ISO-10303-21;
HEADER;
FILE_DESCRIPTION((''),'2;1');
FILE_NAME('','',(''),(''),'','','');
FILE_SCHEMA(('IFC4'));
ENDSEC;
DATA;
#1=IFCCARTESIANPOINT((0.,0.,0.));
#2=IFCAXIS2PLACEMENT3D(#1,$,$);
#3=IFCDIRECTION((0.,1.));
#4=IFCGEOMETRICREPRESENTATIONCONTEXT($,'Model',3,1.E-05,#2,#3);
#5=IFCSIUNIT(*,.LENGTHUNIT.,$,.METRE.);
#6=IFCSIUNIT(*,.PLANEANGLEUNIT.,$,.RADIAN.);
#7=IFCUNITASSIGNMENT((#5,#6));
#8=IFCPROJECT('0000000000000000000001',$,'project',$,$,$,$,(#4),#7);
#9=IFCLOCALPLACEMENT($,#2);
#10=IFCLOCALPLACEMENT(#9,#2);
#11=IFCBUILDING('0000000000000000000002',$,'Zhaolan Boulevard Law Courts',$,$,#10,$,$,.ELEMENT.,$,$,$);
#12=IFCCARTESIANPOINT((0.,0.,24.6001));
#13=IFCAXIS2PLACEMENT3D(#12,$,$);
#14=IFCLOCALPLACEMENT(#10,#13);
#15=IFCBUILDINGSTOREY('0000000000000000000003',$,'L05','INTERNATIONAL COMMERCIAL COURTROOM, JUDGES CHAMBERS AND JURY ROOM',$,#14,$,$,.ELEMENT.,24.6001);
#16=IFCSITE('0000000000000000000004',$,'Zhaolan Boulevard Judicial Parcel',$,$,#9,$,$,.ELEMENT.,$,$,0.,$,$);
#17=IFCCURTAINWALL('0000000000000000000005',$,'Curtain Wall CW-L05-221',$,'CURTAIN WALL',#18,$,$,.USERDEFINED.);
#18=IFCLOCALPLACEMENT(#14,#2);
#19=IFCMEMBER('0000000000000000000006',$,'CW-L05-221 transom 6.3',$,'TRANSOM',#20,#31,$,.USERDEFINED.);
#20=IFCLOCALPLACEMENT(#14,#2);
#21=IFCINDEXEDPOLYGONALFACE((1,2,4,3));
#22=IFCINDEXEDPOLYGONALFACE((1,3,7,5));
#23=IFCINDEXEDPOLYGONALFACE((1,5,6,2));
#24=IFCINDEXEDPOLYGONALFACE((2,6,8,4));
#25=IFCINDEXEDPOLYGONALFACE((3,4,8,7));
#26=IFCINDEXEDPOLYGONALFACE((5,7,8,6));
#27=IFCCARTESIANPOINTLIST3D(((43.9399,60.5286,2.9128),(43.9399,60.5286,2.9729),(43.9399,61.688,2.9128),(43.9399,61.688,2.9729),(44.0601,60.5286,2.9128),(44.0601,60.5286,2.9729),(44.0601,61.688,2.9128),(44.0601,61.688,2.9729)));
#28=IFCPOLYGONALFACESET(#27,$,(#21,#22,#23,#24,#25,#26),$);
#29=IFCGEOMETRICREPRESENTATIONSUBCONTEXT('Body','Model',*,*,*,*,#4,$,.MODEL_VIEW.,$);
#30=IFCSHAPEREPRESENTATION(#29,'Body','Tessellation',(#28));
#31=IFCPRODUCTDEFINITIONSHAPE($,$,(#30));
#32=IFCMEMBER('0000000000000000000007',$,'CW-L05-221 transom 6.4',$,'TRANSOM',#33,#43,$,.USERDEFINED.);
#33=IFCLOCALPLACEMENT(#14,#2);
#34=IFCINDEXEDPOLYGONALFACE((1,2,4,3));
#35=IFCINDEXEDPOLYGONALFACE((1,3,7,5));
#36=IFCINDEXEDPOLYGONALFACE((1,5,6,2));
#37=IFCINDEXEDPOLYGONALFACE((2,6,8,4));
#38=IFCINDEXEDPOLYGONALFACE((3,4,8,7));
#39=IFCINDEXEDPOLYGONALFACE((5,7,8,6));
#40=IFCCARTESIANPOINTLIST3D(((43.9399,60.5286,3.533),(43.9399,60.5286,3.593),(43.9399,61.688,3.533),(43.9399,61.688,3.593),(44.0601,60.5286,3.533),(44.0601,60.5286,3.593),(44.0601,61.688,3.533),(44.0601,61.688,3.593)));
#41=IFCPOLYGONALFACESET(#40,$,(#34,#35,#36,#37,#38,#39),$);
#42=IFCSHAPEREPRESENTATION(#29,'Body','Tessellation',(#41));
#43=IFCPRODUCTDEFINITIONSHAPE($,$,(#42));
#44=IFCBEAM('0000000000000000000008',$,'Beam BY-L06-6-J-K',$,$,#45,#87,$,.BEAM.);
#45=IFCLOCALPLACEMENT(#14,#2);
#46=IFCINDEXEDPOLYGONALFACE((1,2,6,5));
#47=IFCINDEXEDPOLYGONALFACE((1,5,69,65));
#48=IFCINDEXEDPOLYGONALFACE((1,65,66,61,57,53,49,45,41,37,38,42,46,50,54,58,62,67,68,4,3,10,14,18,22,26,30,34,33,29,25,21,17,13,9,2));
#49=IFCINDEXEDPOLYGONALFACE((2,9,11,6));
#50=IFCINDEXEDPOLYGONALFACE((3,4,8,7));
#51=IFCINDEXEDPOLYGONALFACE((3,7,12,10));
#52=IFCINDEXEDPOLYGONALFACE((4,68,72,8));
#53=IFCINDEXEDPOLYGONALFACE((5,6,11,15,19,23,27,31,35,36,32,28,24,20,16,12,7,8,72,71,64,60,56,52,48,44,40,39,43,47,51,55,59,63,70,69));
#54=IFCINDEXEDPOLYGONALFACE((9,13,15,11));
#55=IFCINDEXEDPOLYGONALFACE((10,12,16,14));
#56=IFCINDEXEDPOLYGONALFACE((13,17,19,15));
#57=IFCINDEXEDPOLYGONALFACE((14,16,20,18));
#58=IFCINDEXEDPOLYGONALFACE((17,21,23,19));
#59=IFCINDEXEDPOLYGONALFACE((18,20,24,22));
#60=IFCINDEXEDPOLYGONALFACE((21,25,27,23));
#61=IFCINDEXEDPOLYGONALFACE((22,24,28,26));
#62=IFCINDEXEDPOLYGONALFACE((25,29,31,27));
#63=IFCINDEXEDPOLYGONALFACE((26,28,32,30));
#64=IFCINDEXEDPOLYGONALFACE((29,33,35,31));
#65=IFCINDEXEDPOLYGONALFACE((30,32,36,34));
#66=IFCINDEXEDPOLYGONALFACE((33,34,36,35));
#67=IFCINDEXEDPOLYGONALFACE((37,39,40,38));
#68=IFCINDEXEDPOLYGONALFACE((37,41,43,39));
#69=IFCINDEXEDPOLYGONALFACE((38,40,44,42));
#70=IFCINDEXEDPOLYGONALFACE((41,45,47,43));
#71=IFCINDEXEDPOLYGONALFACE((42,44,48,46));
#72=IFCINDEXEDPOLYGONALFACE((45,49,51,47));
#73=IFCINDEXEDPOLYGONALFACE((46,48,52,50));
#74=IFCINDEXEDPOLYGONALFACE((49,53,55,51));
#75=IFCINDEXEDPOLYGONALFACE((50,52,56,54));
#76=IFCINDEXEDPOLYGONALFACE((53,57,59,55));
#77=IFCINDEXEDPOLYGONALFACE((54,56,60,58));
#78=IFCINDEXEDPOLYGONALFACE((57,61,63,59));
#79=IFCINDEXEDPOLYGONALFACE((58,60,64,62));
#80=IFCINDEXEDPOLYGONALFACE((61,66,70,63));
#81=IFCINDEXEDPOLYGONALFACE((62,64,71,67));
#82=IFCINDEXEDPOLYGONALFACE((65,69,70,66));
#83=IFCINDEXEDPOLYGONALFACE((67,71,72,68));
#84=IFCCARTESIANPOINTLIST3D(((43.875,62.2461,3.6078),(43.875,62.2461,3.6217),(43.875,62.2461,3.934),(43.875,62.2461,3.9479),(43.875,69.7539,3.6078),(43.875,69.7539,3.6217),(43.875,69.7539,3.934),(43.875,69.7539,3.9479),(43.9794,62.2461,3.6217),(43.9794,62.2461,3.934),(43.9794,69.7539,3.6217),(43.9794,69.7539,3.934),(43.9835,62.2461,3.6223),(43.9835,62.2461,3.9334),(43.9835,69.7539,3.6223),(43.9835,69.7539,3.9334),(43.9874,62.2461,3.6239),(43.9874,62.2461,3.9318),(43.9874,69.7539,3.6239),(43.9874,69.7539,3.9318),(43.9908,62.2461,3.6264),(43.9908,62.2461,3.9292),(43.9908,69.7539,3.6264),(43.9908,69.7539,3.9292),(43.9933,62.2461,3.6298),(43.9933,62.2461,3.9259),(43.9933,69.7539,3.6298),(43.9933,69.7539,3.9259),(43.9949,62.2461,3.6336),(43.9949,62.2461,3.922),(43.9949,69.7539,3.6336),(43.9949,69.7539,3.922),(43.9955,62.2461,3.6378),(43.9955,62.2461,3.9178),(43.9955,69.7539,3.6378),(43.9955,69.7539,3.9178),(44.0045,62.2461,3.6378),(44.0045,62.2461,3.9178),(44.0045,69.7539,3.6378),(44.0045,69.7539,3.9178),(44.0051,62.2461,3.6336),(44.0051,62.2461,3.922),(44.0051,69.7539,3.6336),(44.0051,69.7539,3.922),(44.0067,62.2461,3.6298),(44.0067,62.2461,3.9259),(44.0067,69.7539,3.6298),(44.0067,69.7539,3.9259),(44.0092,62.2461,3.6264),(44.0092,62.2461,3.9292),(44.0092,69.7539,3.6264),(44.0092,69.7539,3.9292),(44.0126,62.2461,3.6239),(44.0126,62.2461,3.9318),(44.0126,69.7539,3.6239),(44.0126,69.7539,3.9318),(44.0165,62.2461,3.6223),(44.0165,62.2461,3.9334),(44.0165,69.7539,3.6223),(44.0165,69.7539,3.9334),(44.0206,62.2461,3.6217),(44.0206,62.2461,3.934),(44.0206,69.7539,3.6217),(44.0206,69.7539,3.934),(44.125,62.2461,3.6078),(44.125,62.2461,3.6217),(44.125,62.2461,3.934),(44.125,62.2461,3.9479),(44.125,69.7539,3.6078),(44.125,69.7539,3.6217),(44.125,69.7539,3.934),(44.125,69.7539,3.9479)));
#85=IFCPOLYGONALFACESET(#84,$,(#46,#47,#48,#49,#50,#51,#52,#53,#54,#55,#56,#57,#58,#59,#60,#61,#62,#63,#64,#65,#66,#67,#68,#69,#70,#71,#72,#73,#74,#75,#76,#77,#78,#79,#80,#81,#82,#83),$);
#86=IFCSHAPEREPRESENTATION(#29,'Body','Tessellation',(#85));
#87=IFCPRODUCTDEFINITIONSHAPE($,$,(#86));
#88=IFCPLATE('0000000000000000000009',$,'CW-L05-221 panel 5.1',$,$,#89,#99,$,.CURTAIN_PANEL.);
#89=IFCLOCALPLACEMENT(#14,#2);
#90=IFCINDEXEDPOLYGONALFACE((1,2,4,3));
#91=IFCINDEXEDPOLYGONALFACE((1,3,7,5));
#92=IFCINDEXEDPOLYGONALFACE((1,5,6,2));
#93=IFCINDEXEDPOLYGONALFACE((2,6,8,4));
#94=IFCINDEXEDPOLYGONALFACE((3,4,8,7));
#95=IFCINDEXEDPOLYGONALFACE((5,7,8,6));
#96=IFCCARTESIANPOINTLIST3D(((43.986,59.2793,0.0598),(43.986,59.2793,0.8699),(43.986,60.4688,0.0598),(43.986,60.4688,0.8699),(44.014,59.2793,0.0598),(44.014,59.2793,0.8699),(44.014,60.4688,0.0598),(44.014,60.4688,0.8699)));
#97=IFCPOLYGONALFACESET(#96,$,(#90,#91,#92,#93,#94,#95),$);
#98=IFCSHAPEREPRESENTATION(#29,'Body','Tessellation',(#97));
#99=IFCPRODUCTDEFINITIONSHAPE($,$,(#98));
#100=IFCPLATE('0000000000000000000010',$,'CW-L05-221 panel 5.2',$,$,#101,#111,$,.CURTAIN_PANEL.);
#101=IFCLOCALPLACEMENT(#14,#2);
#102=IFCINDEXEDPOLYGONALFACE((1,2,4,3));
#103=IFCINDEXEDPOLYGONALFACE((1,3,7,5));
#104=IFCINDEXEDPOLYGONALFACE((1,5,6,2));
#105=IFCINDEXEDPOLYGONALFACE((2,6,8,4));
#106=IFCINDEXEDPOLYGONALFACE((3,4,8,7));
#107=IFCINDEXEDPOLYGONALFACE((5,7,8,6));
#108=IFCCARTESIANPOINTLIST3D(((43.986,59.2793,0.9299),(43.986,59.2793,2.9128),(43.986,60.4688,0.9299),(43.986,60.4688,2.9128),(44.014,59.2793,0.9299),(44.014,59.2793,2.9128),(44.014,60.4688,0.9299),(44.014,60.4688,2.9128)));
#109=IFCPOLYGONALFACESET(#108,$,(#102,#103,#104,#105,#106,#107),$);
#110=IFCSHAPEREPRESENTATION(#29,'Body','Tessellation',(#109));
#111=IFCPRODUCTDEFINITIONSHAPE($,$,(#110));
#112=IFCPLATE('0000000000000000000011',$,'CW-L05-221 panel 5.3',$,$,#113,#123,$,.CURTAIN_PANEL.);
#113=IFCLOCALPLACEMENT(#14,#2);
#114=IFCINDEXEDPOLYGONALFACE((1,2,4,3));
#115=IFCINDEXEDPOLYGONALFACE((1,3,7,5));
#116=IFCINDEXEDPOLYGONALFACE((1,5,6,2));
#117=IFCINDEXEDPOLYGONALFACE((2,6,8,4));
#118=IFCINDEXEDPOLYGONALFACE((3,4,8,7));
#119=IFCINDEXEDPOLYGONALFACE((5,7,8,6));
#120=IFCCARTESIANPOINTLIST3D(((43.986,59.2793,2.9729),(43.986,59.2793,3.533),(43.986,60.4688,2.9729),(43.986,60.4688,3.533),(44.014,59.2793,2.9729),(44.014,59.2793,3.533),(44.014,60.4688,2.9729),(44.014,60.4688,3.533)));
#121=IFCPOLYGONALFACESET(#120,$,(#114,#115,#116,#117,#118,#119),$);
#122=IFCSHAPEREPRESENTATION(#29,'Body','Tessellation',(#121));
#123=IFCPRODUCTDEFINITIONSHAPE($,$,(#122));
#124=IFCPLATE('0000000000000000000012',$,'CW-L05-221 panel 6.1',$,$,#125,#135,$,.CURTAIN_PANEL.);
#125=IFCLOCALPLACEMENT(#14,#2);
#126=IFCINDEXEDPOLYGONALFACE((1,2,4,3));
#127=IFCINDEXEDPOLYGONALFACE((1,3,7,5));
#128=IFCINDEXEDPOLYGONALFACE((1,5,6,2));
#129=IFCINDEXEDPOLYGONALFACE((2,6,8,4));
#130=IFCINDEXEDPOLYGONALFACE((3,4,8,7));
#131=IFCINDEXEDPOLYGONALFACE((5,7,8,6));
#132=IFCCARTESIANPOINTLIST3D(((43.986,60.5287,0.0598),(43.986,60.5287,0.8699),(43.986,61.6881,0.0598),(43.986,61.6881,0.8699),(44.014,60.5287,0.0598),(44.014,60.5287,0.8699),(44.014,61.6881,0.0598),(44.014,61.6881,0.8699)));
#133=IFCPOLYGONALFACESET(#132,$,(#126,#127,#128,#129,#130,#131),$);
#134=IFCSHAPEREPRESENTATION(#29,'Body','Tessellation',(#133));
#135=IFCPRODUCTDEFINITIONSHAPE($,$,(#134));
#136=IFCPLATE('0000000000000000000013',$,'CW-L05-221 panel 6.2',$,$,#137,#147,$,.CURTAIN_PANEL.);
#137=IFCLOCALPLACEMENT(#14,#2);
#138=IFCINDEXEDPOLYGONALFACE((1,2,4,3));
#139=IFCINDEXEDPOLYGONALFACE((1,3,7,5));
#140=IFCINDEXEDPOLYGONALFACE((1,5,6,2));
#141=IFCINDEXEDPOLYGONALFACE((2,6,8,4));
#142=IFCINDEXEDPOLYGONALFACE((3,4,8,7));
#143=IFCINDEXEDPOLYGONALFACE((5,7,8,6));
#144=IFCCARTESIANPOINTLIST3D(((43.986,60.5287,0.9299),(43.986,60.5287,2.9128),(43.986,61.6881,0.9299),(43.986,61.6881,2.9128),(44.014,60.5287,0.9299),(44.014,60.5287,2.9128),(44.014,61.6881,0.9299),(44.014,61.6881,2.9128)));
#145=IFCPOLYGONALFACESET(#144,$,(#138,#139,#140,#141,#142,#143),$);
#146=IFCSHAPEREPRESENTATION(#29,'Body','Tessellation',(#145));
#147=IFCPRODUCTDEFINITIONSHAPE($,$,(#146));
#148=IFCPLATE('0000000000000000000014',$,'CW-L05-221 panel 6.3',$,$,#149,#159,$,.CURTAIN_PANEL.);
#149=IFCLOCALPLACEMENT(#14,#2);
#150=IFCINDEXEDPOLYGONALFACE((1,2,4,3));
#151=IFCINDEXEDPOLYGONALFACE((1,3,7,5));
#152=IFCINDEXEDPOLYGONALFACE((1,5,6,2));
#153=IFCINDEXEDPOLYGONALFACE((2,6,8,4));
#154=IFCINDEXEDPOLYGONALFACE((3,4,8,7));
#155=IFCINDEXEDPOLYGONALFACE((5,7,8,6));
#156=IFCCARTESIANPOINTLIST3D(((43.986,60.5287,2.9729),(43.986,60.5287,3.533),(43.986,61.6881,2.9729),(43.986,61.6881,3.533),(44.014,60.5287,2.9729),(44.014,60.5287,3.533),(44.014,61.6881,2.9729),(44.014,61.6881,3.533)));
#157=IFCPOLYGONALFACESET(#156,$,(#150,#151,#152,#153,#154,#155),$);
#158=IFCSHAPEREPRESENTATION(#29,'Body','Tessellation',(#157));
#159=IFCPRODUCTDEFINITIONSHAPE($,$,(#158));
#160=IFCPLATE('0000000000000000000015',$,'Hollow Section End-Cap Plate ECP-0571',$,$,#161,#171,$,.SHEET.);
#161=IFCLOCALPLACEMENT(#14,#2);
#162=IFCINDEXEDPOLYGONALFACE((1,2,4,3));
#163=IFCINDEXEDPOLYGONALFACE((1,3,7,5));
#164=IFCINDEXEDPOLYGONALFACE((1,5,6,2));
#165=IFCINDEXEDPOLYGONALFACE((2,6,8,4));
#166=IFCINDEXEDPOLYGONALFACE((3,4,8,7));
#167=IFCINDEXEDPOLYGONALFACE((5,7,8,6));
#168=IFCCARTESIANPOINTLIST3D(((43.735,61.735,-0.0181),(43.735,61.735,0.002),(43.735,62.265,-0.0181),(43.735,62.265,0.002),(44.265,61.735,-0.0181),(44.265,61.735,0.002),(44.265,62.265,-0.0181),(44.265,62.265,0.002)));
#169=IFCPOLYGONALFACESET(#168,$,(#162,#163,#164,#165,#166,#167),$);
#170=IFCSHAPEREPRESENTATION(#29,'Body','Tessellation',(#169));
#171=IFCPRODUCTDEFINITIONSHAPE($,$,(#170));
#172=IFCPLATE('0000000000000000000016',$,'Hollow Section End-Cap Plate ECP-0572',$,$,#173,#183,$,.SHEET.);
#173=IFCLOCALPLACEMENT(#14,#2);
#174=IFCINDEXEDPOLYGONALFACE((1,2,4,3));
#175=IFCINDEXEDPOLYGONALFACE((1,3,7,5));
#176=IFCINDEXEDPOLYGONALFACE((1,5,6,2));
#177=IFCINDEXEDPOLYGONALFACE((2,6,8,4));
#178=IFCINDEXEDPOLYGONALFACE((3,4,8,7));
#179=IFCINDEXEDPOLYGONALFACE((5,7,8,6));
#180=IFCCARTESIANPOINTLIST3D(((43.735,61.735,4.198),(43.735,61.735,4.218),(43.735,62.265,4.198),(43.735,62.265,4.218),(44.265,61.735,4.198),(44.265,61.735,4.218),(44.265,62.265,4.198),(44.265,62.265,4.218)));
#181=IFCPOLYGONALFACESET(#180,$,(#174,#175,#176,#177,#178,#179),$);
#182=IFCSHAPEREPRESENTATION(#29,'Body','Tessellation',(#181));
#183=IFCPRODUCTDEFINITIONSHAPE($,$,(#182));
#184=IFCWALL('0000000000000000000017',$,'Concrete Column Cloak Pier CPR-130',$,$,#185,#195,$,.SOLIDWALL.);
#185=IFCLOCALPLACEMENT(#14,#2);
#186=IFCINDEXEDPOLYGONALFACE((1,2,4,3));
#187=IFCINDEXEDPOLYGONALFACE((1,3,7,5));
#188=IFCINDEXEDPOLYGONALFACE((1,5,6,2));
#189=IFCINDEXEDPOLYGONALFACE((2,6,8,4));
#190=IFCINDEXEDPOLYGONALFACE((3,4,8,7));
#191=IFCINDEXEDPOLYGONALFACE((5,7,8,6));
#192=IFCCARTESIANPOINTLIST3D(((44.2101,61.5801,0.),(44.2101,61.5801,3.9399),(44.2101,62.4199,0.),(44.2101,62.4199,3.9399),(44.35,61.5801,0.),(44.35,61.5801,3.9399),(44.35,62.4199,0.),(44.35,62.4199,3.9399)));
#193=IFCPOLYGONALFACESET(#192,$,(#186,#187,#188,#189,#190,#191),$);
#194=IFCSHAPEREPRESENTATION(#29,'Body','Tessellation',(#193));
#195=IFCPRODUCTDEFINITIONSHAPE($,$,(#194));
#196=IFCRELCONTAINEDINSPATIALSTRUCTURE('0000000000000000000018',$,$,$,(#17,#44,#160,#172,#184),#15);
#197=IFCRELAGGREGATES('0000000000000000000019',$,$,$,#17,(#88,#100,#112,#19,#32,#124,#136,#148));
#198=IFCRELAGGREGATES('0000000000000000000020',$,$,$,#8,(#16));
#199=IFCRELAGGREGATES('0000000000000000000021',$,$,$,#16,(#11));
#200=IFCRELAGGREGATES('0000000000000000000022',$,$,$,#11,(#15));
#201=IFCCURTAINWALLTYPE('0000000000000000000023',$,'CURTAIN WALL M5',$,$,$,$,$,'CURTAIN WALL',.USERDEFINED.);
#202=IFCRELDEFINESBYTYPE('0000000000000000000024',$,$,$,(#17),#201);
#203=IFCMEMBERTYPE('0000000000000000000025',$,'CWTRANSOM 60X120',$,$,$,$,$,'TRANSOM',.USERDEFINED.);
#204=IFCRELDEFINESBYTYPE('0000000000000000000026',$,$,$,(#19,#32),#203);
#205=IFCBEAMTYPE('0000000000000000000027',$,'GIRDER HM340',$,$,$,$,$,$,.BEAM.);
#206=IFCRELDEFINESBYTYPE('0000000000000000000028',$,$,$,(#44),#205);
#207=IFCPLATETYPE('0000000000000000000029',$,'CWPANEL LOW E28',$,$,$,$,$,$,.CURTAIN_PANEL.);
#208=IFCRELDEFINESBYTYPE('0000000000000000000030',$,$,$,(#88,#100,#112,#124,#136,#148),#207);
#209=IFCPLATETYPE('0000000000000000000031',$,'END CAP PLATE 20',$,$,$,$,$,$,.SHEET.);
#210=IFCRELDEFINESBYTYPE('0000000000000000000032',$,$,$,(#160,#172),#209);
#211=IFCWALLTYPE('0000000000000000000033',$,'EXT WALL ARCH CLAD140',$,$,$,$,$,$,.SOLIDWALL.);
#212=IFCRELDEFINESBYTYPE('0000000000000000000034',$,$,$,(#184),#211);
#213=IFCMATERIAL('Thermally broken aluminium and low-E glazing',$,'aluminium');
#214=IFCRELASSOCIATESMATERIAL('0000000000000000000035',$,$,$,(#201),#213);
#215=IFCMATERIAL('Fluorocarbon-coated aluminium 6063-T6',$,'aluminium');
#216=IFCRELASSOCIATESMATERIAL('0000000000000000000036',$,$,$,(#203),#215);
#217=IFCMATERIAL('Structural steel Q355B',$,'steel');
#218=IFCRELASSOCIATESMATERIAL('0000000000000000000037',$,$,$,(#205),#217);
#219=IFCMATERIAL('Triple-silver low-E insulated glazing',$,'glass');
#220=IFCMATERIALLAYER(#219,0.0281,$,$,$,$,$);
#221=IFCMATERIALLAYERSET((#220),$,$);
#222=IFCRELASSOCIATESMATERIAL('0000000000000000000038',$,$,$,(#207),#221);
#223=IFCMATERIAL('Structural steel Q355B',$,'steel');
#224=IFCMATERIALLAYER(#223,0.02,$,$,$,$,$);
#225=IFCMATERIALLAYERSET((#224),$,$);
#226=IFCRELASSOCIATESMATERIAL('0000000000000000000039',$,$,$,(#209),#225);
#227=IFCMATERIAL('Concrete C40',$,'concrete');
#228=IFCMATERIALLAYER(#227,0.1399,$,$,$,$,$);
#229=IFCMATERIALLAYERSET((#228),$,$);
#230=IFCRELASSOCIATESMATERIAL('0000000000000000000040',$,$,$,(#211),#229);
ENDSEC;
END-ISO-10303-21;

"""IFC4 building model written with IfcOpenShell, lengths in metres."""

from ifc_helpers import new_model, si_unit, direction, frame, frame_2d, origin, origin_2d, place, context, subcontext, project, spatial, rectangle, i_section, extrude, material, layer, layer_set, material_profile, profile_set, type_object, element, aggregate, save


model = new_model("IFC4")

# Units and contexts
model_context = context("Model", 3, precision=1e-05, world=origin(), true_north=direction((0.0, 1.0)))
body_context = subcontext(model_context, "Body", "Model", "MODEL_VIEW")
ifc_project = project(units=[si_unit("LENGTHUNIT", "METRE"), si_unit("PLANEANGLEUNIT", "RADIAN")], contexts=[model_context])

# Site, building, storey
site_placement = place(None, origin())
site = spatial("IfcSite", under=ifc_project, at=site_placement, Name="Zhaolan Boulevard Judicial Parcel", CompositionType="ELEMENT", RefElevation=0.0)
building_placement = place(site_placement, origin())
building = spatial("IfcBuilding", under=site, at=building_placement, Name="Zhaolan Boulevard Law Courts", CompositionType="ELEMENT")
storey_placement = place(building_placement, frame((0.0, 0.0, 24.6001)))
storey = spatial("IfcBuildingStorey", under=building, at=storey_placement, Name="L05", Description="INTERNATIONAL COMMERCIAL COURTROOM, JUDGES CHAMBERS AND JURY ROOM", CompositionType="ELEMENT", Elevation=24.6001)

# Curtain wall
ifc_material_1 = material(Name="Thermally broken aluminium and low-E glazing", Category="aluminium")
curtain_wall_type_1 = type_object("IfcCurtainWallType", Name="CURTAIN WALL M5", ElementType="CURTAIN WALL", PredefinedType="USERDEFINED", material=ifc_material_1)
curtain_wall_1_placement = place(storey_placement, origin())
curtain_wall_1 = element("IfcCurtainWall", 1, at=curtain_wall_1_placement, inside=storey, type_object=curtain_wall_type_1, Name="Curtain Wall CW-L05-221", ObjectType="CURTAIN WALL", PredefinedType="USERDEFINED")

# Members
ifc_material_2 = material(Name="Fluorocarbon-coated aluminium 6063-T6", Category="aluminium")
ifc_material_profile_1 = material_profile(ifc_material_2, rectangle(XDim=0.1201, YDim=0.0601, at=origin_2d()), Name="AL60x120")
ifc_profile_set_1 = profile_set([ifc_material_profile_1], Name="Fluorocarbon-coated aluminium 6063-T6")
member_type_1 = type_object("IfcMemberType", Name="CWTRANSOM 60X120", ElementType="TRANSOM", PredefinedType="USERDEFINED", material=ifc_profile_set_1)
member_1_placement = place(storey_placement, frame((44.0, 60.5286, 2.9429), z_axis=(0.0, 1.0, 0.0), x_axis=(-1.0, 0.0, 0.0)))
member_1 = element("IfcMember", 2, at=member_1_placement, type_object=member_type_1, Name="CW-L05-221 transom 6.3", ObjectType="TRANSOM", PredefinedType="USERDEFINED", context=body_context, shape_type="SweptSolid", body=[
    extrude(rectangle(XDim=0.1201, YDim=0.0601, at=origin_2d()), origin(), (0.0, 0.0, 1.0), 1.1594),
])
member_2_placement = place(storey_placement, frame((44.0, 60.5286, 3.563), z_axis=(0.0, 1.0, 0.0), x_axis=(-1.0, 0.0, 0.0)))
member_2 = element("IfcMember", 3, at=member_2_placement, type_object=member_type_1, Name="CW-L05-221 transom 6.4", ObjectType="TRANSOM", PredefinedType="USERDEFINED", context=body_context, shape_type="SweptSolid", body=[
    extrude(rectangle(XDim=0.1201, YDim=0.0601, at=origin_2d()), origin(), (0.0, 0.0, 1.0), 1.1594),
])

# Beam
ifc_material_3 = material(Name="Structural steel Q355B", Category="steel")
ifc_material_profile_2 = material_profile(ifc_material_3, i_section(OverallWidth=0.25, OverallDepth=0.3401, WebThickness=0.009, FlangeThickness=0.0139, FilletRadius=0.0161, at=origin_2d()), Name="HM340x250")
ifc_profile_set_2 = profile_set([ifc_material_profile_2], Name="Structural steel Q355B")
beam_type = type_object("IfcBeamType", Name="GIRDER HM340", PredefinedType="BEAM", material=ifc_profile_set_2)
beam_placement = place(storey_placement, frame((44.0, 62.2461, 3.7778), z_axis=(0.0, 1.0, 0.0), x_axis=(-1.0, 0.0, 0.0)))
element("IfcBeam", 4, at=beam_placement, inside=storey, type_object=beam_type, Name="Beam BY-L06-6-J-K", PredefinedType="BEAM", context=body_context, shape_type="SweptSolid", body=[
    extrude(i_section(OverallWidth=0.25, OverallDepth=0.3401, WebThickness=0.009, FlangeThickness=0.0139, FilletRadius=0.0161, at=origin_2d()), origin(), (0.0, 0.0, 1.0), 7.5078),
])

# Plates
ifc_material_4 = material(Name="Triple-silver low-E insulated glazing", Category="glass")
ifc_layer_1 = layer(ifc_material_4, 0.0281)
ifc_layer_set_1 = layer_set([ifc_layer_1])
plate_type_1 = type_object("IfcPlateType", Name="CWPANEL LOW E28", PredefinedType="CURTAIN_PANEL", material=ifc_layer_set_1)
plate_1_placement = place(storey_placement, frame((44.0, 59.874, 0.0598), z_axis=(0.0, 0.0, 1.0), x_axis=(0.0, 1.0, 0.0)))
plate_1 = element("IfcPlate", 5, at=plate_1_placement, type_object=plate_type_1, Name="CW-L05-221 panel 5.1", PredefinedType="CURTAIN_PANEL", context=body_context, shape_type="SweptSolid", body=[
    extrude(rectangle(XDim=1.1895, YDim=0.0281, at=origin_2d()), origin(), (0.0, 0.0, 1.0), 0.8101),
])
plate_2_placement = place(storey_placement, frame((44.0, 59.874, 0.9299), z_axis=(0.0, 0.0, 1.0), x_axis=(0.0, 1.0, 0.0)))
plate_2 = element("IfcPlate", 6, at=plate_2_placement, type_object=plate_type_1, Name="CW-L05-221 panel 5.2", PredefinedType="CURTAIN_PANEL", context=body_context, shape_type="SweptSolid", body=[
    extrude(rectangle(XDim=1.1895, YDim=0.0281, at=origin_2d()), origin(), (0.0, 0.0, 1.0), 1.9829),
])
plate_3_placement = place(storey_placement, frame((44.0, 59.874, 2.9729), z_axis=(0.0, 0.0, 1.0), x_axis=(0.0, 1.0, 0.0)))
plate_3 = element("IfcPlate", 7, at=plate_3_placement, type_object=plate_type_1, Name="CW-L05-221 panel 5.3", PredefinedType="CURTAIN_PANEL", context=body_context, shape_type="SweptSolid", body=[
    extrude(rectangle(XDim=1.1895, YDim=0.0281, at=origin_2d()), origin(), (0.0, 0.0, 1.0), 0.5601),
])
plate_4_placement = place(storey_placement, frame((44.0, 61.1084, 0.0598), z_axis=(0.0, 0.0, 1.0), x_axis=(0.0, 1.0, 0.0)))
plate_4 = element("IfcPlate", 8, at=plate_4_placement, type_object=plate_type_1, Name="CW-L05-221 panel 6.1", PredefinedType="CURTAIN_PANEL", context=body_context, shape_type="SweptSolid", body=[
    extrude(rectangle(XDim=1.1594, YDim=0.0281, at=origin_2d()), origin(), (0.0, 0.0, 1.0), 0.8101),
])
plate_5_placement = place(storey_placement, frame((44.0, 61.1084, 0.9299), z_axis=(0.0, 0.0, 1.0), x_axis=(0.0, 1.0, 0.0)))
plate_5 = element("IfcPlate", 9, at=plate_5_placement, type_object=plate_type_1, Name="CW-L05-221 panel 6.2", PredefinedType="CURTAIN_PANEL", context=body_context, shape_type="SweptSolid", body=[
    extrude(rectangle(XDim=1.1594, YDim=0.0281, at=origin_2d()), origin(), (0.0, 0.0, 1.0), 1.9829),
])
plate_6_placement = place(storey_placement, frame((44.0, 61.1084, 2.9729), z_axis=(0.0, 0.0, 1.0), x_axis=(0.0, 1.0, 0.0)))
plate_6 = element("IfcPlate", 10, at=plate_6_placement, type_object=plate_type_1, Name="CW-L05-221 panel 6.3", PredefinedType="CURTAIN_PANEL", context=body_context, shape_type="SweptSolid", body=[
    extrude(rectangle(XDim=1.1594, YDim=0.0281, at=origin_2d()), origin(), (0.0, 0.0, 1.0), 0.5601),
])
aggregate(curtain_wall_1, [plate_1, plate_2, plate_3, member_1, member_2, plate_4, plate_5, plate_6])

# Plates
ifc_material_5 = material(Name="Structural steel Q355B", Category="steel")
ifc_layer_2 = layer(ifc_material_5, 0.02)
ifc_layer_set_2 = layer_set([ifc_layer_2])
plate_type_2 = type_object("IfcPlateType", Name="END CAP PLATE 20", PredefinedType="SHEET", material=ifc_layer_set_2)
for number, where, z_axis, x_axis, name in (
    (11, (44.0, 62.0, -0.0181), (0.0, 0.0, 1.0), (1.0, 0.0, 0.0), "Hollow Section End-Cap Plate ECP-0571"),
    (12, (44.0, 62.0, 4.198), (0.0, 0.0, 1.0), (1.0, 0.0, 0.0), "Hollow Section End-Cap Plate ECP-0572"),
):
    element("IfcPlate", number, at=place(storey_placement, frame(where, z_axis=z_axis, x_axis=x_axis)), inside=storey, type_object=plate_type_2, Name=name, PredefinedType="SHEET", context=body_context, shape_type="SweptSolid", body=[
        extrude(rectangle(XDim=0.53, YDim=0.53, at=origin_2d()), origin(), (0.0, 0.0, 1.0), 0.02),
    ])

# Wall
ifc_material_6 = material(Name="Concrete C40", Category="concrete")
ifc_layer_3 = layer(ifc_material_6, 0.1399)
ifc_layer_set_3 = layer_set([ifc_layer_3])
wall_type = type_object("IfcWallType", Name="EXT WALL ARCH CLAD140", PredefinedType="SOLIDWALL", material=ifc_layer_set_3)
wall_placement = place(storey_placement, frame((44.28, 61.5801, 0.0), z_axis=(0.0, 0.0, 1.0), x_axis=(0.0, 1.0, 0.0)))
element("IfcWall", 13, at=wall_placement, inside=storey, type_object=wall_type, Name="Concrete Column Cloak Pier CPR-130", PredefinedType="SOLIDWALL", context=body_context, shape_type="SweptSolid", body=[
    extrude(rectangle(XDim=0.8398, YDim=0.1399, at=frame_2d((0.4199, 0.0))), origin(), (0.0, 0.0, 1.0), 3.9399),
])

save(model, "model.ifc")
